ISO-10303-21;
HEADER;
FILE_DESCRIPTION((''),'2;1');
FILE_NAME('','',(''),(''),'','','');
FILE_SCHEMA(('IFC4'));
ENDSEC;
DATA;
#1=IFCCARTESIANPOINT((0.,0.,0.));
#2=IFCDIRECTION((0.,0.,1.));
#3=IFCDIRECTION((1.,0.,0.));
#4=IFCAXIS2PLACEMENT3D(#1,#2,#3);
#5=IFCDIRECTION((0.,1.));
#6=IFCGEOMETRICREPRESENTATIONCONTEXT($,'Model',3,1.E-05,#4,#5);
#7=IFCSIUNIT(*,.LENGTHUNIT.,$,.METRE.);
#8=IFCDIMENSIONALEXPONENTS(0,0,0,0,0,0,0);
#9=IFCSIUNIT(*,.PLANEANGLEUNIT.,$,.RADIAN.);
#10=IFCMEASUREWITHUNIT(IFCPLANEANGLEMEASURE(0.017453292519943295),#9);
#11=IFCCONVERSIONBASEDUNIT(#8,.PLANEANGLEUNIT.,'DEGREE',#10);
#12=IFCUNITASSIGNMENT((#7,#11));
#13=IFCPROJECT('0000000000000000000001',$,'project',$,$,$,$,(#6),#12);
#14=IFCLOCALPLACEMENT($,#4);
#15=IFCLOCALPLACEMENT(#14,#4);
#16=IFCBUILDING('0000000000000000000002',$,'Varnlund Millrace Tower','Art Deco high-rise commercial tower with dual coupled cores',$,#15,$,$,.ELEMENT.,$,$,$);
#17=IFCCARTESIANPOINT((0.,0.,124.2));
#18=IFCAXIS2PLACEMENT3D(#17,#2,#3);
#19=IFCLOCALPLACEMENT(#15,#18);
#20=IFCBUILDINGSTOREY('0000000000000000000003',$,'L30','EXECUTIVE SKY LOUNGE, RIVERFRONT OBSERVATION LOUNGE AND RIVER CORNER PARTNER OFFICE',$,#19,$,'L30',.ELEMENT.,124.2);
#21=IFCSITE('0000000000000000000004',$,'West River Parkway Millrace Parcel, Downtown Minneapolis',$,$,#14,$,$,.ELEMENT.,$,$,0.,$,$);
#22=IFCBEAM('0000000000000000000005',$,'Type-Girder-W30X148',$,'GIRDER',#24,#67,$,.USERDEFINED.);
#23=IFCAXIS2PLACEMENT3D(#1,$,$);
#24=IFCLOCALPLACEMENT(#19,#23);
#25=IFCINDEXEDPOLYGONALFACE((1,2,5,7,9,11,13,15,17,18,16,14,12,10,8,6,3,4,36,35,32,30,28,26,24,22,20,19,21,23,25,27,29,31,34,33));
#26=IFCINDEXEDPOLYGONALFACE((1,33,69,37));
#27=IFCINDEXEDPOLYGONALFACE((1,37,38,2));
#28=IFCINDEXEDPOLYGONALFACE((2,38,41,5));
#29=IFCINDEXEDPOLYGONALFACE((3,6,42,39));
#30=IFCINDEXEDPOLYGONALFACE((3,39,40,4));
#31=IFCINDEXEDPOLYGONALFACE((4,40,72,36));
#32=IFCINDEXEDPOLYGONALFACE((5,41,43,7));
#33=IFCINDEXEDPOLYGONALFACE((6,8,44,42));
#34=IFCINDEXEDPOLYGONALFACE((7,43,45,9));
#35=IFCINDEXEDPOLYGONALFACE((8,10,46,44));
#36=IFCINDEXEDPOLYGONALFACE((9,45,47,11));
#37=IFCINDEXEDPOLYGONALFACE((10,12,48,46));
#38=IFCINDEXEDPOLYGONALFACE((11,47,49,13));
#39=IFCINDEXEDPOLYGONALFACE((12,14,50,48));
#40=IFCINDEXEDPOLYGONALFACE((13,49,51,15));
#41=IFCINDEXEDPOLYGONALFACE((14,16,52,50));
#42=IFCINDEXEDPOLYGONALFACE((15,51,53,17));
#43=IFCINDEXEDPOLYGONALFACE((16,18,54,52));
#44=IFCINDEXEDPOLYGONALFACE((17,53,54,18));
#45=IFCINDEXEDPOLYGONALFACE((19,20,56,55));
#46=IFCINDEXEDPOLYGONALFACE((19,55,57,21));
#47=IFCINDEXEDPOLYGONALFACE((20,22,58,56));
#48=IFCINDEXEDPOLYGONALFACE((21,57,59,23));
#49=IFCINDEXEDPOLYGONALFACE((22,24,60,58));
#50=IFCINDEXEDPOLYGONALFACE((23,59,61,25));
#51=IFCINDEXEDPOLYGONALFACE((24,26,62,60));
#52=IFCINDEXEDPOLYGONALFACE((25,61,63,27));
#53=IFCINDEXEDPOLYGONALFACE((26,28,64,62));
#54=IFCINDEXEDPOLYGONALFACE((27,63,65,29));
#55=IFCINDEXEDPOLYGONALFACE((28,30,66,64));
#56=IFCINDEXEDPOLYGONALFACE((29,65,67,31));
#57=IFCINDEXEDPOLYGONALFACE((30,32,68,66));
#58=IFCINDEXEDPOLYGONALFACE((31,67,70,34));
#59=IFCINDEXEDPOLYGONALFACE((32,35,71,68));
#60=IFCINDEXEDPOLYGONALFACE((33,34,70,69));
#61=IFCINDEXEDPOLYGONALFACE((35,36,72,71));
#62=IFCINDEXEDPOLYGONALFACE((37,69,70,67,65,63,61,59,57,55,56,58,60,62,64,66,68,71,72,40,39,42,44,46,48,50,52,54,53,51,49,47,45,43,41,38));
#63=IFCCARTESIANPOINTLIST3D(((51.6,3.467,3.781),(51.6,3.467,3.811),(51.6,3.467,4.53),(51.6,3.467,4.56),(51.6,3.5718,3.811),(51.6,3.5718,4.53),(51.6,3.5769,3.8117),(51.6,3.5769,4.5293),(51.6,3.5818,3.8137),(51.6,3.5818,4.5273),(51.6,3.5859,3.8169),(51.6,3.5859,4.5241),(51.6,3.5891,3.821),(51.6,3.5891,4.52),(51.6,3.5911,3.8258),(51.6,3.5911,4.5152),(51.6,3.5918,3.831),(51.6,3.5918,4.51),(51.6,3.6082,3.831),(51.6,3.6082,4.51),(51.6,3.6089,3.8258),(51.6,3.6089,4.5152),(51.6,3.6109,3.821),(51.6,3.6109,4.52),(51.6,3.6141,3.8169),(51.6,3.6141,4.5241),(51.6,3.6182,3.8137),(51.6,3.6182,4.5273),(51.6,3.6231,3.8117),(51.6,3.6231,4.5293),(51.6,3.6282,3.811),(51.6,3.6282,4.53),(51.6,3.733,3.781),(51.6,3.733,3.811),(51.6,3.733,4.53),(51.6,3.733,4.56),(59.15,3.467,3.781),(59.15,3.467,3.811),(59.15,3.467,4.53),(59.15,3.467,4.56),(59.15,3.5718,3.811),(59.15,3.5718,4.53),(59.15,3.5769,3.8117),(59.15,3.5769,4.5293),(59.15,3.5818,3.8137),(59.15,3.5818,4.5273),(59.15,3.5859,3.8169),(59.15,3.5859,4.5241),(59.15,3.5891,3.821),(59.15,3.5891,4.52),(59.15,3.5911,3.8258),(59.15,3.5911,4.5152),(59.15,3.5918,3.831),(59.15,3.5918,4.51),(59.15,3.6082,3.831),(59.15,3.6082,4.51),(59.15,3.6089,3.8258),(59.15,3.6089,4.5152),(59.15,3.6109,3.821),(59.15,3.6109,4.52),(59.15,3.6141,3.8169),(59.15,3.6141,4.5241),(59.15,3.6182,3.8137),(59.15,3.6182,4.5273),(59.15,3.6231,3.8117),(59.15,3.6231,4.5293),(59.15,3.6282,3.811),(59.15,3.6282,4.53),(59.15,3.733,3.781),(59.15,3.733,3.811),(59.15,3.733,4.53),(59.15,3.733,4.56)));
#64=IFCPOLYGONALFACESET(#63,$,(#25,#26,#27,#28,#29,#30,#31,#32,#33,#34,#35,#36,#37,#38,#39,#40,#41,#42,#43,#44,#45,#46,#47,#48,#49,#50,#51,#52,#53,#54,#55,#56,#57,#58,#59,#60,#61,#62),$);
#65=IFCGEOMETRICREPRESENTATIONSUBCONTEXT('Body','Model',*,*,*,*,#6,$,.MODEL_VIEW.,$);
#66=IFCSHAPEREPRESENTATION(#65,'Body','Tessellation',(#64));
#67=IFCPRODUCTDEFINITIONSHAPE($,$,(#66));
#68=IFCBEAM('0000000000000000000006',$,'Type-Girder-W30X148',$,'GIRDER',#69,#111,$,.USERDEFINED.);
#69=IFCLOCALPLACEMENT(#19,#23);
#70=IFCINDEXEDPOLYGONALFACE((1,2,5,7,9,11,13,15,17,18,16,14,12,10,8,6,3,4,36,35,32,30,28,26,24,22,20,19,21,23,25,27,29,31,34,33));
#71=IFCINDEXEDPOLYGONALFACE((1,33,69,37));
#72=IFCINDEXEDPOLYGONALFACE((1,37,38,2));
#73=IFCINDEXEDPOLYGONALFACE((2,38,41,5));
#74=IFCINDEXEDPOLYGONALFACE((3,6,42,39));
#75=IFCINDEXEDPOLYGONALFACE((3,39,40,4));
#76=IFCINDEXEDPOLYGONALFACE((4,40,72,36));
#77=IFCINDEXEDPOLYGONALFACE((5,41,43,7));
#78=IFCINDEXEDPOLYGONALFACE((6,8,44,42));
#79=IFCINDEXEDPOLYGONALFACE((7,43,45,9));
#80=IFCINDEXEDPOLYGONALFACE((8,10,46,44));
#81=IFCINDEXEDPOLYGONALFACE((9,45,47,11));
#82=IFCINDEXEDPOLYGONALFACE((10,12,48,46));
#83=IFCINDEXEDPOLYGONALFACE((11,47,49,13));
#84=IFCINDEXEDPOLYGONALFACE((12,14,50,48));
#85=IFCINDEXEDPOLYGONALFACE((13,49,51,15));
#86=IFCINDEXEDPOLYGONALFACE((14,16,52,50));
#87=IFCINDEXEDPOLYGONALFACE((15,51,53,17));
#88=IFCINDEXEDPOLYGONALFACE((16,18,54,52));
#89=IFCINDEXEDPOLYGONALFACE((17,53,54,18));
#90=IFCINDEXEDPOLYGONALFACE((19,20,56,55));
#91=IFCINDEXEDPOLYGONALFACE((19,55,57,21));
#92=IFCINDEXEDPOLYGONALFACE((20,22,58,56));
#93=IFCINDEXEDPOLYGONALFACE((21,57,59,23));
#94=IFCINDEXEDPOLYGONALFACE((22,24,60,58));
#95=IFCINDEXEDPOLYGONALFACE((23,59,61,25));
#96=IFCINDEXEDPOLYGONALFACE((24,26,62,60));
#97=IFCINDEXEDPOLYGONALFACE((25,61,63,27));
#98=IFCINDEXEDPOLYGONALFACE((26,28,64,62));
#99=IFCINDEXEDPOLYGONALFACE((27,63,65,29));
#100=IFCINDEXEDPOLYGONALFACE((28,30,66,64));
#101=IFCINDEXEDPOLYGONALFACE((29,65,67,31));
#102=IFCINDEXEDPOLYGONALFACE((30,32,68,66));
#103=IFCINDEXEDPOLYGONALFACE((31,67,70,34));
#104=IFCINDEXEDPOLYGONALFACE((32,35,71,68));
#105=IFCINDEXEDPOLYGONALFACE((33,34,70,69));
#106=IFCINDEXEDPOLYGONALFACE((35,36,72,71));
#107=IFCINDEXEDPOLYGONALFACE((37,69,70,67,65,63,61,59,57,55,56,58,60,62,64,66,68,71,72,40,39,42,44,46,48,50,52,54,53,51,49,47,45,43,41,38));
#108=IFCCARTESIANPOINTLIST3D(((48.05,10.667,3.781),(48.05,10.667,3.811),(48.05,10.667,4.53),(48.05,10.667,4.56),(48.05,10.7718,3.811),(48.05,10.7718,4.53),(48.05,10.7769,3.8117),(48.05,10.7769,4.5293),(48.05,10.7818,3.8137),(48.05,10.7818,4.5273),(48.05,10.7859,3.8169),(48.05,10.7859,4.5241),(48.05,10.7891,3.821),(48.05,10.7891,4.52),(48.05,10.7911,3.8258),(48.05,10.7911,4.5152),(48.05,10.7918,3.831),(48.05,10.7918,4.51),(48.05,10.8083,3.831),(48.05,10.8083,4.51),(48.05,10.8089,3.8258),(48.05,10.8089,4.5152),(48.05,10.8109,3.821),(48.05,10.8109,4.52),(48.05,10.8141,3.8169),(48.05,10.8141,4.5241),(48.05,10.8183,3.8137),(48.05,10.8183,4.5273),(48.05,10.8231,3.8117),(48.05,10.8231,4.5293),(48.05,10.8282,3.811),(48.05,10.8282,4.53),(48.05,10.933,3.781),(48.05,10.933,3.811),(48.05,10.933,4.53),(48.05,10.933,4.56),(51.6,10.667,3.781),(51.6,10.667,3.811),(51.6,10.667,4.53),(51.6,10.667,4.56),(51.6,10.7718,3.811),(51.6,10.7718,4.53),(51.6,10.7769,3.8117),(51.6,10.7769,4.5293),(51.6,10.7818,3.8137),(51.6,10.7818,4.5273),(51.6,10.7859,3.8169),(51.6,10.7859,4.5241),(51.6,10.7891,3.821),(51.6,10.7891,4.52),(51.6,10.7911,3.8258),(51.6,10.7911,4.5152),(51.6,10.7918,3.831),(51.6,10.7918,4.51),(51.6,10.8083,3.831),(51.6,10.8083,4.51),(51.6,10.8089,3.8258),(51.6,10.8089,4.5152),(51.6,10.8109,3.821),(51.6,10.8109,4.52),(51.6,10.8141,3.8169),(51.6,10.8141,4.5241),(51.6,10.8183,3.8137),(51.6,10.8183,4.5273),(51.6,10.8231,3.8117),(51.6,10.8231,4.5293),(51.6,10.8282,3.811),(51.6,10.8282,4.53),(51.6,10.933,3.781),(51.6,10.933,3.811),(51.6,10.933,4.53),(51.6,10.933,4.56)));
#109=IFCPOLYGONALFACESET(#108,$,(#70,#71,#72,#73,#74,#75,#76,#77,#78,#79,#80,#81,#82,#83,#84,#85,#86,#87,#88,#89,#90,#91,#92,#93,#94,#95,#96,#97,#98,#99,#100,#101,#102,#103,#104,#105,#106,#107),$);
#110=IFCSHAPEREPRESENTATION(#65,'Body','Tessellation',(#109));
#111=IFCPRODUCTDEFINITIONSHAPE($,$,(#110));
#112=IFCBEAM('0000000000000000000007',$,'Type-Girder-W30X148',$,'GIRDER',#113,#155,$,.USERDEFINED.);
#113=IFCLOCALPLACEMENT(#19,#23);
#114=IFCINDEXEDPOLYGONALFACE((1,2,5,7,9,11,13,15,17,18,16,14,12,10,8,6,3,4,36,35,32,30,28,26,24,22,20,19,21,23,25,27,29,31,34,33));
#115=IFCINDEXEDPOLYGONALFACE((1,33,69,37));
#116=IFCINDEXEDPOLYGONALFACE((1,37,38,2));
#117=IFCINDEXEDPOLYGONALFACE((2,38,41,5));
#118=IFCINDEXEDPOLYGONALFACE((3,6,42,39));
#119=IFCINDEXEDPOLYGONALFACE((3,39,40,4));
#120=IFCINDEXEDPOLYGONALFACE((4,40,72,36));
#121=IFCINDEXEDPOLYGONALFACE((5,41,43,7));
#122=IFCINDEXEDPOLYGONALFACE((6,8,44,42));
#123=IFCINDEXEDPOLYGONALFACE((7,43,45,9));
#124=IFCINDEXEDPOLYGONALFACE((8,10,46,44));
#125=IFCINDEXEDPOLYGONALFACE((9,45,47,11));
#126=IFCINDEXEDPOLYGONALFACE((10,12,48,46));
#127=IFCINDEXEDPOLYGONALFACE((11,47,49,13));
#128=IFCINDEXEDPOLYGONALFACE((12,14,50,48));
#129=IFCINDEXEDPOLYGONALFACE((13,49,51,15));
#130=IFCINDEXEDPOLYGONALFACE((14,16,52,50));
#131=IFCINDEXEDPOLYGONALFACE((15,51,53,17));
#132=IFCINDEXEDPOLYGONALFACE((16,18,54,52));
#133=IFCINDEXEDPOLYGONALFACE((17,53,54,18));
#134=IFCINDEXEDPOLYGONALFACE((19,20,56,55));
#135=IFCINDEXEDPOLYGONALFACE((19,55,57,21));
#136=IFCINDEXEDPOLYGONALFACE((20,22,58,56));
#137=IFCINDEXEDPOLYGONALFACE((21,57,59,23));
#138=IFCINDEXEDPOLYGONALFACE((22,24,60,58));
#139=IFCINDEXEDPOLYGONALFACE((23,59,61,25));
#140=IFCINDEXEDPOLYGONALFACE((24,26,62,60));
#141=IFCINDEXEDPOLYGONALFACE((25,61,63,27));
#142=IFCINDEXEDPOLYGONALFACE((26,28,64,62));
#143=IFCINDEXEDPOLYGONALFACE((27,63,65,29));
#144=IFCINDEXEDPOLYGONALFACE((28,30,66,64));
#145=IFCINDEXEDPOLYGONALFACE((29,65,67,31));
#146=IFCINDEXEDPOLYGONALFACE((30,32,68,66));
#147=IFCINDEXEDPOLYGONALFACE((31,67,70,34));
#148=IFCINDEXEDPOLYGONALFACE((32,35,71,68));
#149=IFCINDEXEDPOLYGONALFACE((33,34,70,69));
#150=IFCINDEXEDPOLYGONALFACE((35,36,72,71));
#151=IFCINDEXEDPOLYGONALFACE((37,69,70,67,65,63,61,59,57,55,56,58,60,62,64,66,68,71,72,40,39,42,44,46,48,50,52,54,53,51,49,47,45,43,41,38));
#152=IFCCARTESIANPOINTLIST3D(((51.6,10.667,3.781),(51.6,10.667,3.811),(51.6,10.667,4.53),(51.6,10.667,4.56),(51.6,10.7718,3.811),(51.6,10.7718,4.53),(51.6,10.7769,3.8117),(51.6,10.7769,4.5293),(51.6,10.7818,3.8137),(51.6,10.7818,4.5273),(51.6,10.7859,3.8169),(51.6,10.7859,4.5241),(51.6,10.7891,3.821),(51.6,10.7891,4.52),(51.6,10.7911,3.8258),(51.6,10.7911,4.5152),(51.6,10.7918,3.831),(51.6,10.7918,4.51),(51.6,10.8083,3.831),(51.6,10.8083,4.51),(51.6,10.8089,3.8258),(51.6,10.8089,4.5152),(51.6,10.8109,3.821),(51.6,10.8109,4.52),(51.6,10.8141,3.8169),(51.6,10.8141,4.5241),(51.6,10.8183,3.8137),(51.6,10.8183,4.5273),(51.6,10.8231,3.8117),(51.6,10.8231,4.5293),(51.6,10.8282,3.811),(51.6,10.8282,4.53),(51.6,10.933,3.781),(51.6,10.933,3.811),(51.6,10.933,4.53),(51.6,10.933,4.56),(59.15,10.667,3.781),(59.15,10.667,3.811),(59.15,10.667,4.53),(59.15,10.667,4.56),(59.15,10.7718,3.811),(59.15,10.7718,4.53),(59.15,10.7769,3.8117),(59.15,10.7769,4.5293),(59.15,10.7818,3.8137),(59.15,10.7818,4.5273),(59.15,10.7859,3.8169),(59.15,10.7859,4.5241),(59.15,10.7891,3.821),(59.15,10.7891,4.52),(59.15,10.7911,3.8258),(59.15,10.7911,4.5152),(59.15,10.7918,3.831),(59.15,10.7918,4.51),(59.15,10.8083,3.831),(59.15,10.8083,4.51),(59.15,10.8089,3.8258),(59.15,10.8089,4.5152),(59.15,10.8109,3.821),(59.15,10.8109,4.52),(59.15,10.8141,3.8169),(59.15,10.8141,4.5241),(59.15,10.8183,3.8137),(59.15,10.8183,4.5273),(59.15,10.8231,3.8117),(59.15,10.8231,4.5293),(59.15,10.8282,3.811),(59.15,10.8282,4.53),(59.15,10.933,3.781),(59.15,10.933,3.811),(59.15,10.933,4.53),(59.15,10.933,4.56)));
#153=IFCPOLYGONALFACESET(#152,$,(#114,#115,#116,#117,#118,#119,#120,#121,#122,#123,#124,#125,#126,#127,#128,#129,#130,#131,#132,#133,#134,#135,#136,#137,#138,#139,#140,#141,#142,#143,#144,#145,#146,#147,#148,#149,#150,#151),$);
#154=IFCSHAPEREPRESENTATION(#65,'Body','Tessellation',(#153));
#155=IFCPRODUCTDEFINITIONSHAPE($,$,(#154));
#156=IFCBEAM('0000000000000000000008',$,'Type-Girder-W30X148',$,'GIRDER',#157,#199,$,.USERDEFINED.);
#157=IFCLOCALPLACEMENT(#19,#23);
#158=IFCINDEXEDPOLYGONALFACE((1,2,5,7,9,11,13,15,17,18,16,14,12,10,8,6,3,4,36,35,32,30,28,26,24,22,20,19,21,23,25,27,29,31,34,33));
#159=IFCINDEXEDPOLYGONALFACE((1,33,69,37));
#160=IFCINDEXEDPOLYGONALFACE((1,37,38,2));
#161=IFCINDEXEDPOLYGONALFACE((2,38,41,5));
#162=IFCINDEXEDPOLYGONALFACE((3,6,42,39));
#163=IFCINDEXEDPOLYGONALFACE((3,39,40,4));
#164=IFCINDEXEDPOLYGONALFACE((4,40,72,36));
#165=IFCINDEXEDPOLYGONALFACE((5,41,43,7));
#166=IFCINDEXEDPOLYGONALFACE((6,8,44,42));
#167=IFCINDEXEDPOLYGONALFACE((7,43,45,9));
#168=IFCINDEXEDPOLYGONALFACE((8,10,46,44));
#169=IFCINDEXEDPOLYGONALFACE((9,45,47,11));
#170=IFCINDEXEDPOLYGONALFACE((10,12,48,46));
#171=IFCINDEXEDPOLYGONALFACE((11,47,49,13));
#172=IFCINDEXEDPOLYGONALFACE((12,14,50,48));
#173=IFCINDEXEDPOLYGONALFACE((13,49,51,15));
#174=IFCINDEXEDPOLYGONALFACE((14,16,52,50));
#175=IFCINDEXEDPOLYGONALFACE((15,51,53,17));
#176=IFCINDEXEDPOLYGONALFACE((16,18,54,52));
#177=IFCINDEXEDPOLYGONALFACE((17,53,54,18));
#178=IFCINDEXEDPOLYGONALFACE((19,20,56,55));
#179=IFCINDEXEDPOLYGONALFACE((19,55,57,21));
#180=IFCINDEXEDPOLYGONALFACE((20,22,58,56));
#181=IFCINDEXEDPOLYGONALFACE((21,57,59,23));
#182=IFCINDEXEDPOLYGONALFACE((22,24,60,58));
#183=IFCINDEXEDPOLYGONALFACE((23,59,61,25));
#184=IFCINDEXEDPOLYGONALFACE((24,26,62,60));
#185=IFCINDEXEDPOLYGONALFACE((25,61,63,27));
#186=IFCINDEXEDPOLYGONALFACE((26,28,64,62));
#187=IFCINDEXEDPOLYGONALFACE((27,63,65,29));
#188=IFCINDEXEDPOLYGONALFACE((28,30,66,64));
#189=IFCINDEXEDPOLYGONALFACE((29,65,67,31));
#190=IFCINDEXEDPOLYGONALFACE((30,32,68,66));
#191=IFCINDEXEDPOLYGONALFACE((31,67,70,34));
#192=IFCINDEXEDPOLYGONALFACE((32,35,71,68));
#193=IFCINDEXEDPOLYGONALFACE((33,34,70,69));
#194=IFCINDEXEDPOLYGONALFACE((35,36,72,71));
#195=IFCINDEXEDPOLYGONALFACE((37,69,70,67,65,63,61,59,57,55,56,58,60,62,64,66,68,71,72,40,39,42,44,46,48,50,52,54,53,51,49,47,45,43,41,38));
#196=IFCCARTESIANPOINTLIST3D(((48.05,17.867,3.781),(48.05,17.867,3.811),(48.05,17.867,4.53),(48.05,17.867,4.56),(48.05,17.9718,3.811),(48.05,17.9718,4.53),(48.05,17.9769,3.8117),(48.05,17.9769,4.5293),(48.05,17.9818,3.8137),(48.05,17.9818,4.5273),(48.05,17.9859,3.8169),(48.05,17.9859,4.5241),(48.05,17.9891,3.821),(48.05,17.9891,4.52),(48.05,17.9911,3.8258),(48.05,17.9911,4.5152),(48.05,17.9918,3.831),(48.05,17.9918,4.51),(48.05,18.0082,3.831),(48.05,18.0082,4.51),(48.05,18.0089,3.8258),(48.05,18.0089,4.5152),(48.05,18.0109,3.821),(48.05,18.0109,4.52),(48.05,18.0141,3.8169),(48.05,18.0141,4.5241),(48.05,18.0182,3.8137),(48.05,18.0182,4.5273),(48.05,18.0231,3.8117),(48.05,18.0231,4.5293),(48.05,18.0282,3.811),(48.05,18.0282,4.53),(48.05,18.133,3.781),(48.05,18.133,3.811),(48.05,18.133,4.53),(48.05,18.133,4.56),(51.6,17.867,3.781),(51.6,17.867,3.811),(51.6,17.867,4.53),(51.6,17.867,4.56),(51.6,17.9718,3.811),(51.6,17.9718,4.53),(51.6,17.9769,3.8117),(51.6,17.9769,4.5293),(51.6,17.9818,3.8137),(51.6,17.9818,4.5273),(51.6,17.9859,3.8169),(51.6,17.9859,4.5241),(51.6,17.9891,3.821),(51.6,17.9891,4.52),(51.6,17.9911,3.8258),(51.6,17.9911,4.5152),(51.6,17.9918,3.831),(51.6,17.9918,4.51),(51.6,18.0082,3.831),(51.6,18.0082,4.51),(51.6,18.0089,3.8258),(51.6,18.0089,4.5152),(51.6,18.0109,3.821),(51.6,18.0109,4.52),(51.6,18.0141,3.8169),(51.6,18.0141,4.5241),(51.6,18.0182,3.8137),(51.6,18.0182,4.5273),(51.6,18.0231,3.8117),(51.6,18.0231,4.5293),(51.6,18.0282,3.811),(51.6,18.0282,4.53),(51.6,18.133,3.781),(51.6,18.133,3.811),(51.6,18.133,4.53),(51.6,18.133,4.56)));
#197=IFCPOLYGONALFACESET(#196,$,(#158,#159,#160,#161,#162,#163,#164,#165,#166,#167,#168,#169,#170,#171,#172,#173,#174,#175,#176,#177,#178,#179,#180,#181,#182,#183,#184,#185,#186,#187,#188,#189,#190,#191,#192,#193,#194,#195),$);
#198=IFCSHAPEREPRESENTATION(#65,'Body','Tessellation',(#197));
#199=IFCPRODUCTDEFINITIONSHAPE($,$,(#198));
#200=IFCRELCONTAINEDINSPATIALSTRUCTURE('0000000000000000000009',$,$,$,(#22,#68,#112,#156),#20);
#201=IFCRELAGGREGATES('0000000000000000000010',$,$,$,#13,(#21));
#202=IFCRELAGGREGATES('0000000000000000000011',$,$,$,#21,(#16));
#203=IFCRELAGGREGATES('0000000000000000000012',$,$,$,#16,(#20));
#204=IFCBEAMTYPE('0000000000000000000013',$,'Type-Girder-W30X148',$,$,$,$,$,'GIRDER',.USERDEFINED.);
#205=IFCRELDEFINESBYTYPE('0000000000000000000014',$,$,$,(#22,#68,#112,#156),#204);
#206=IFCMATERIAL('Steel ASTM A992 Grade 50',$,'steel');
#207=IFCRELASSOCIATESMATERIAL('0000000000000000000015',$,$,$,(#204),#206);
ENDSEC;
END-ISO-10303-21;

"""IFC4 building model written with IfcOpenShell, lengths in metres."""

from ifc_helpers import new_model, entity, si_unit, converted_unit, direction, frame, origin_with_axes, origin_2d_with_axis, place, context, subcontext, project, spatial, i_section, extrude, material, material_profile, profile_set, type_object, element, save


model = new_model("IFC4")

# Units and contexts
model_context = context("Model", 3, precision=1e-05, world=origin_with_axes(), true_north=direction((0.0, 1.0)))
body_context = subcontext(model_context, "Body", "Model", "MODEL_VIEW")
ifc_project = project(units=[si_unit("LENGTHUNIT", "METRE"), converted_unit("PLANEANGLEUNIT", "DEGREE", entity("IfcPlaneAngleMeasure", 0.017453292519943295), si_unit("PLANEANGLEUNIT", "RADIAN"), dimensions=[0, 0, 0, 0, 0, 0, 0])], contexts=[model_context])

# Site, building, storey
site_placement = place(None, origin_with_axes())
site = spatial("IfcSite", under=ifc_project, at=site_placement, Name="West River Parkway Millrace Parcel, Downtown Minneapolis", CompositionType="ELEMENT", RefElevation=0.0)
building_placement = place(site_placement, origin_with_axes())
building = spatial("IfcBuilding", under=site, at=building_placement, Name="Varnlund Millrace Tower", Description="Art Deco high-rise commercial tower with dual coupled cores", CompositionType="ELEMENT")
storey_placement = place(building_placement, frame((0.0, 0.0, 124.2), z_axis=(0.0, 0.0, 1.0), x_axis=(1.0, 0.0, 0.0)))
storey = spatial("IfcBuildingStorey", under=building, at=storey_placement, Name="L30", Description="EXECUTIVE SKY LOUNGE, RIVERFRONT OBSERVATION LOUNGE AND RIVER CORNER PARTNER OFFICE", LongName="L30", CompositionType="ELEMENT", Elevation=124.2)

# Beams
ifc_material_1 = material(Name="Steel ASTM A992 Grade 50", Category="steel")
ifc_material_profile_1 = material_profile(ifc_material_1, i_section(OverallWidth=0.266, OverallDepth=0.779, WebThickness=0.0165, FlangeThickness=0.03, FilletRadius=0.02, at=origin_2d_with_axis()), Name="Steel ASTM A992 Grade 50")
ifc_profile_set_1 = profile_set([ifc_material_profile_1], Name="Steel ASTM A992 Grade 50")
beam_type_1 = type_object("IfcBeamType", Name="Type-Girder-W30X148", ElementType="GIRDER", PredefinedType="USERDEFINED", material=ifc_profile_set_1)
beam_1_placement = place(storey_placement, frame((51.6, 3.6, 4.1705), z_axis=(1.0, 0.0, 0.0), x_axis=(0.0, 1.0, 0.0)))
element("IfcBeam", 1, at=beam_1_placement, inside=storey, type_object=beam_type_1, Name="Type-Girder-W30X148", ObjectType="GIRDER", PredefinedType="USERDEFINED", context=body_context, shape_type="SweptSolid", body=[
    extrude(i_section(OverallWidth=0.266, OverallDepth=0.779, WebThickness=0.0165, FlangeThickness=0.03, FilletRadius=0.02, at=origin_2d_with_axis()), origin_with_axes(), (0.0, 0.0, 1.0), 7.55),
])
beam_2_placement = place(storey_placement, frame((48.05, 10.8, 4.1705), z_axis=(1.0, 0.0, 0.0), x_axis=(0.0, 1.0, 0.0)))
element("IfcBeam", 2, at=beam_2_placement, inside=storey, type_object=beam_type_1, Name="Type-Girder-W30X148", ObjectType="GIRDER", PredefinedType="USERDEFINED", context=body_context, shape_type="SweptSolid", body=[
    extrude(i_section(OverallWidth=0.266, OverallDepth=0.779, WebThickness=0.0165, FlangeThickness=0.03, FilletRadius=0.02, at=origin_2d_with_axis()), origin_with_axes(), (0.0, 0.0, 1.0), 3.55),
])
beam_3_placement = place(storey_placement, frame((51.6, 10.8, 4.1705), z_axis=(1.0, 0.0, 0.0), x_axis=(0.0, 1.0, 0.0)))
element("IfcBeam", 3, at=beam_3_placement, inside=storey, type_object=beam_type_1, Name="Type-Girder-W30X148", ObjectType="GIRDER", PredefinedType="USERDEFINED", context=body_context, shape_type="SweptSolid", body=[
    extrude(i_section(OverallWidth=0.266, OverallDepth=0.779, WebThickness=0.0165, FlangeThickness=0.03, FilletRadius=0.02, at=origin_2d_with_axis()), origin_with_axes(), (0.0, 0.0, 1.0), 7.55),
])
beam_4_placement = place(storey_placement, frame((48.05, 18.0, 4.1705), z_axis=(1.0, 0.0, 0.0), x_axis=(0.0, 1.0, 0.0)))
element("IfcBeam", 4, at=beam_4_placement, inside=storey, type_object=beam_type_1, Name="Type-Girder-W30X148", ObjectType="GIRDER", PredefinedType="USERDEFINED", context=body_context, shape_type="SweptSolid", body=[
    extrude(i_section(OverallWidth=0.266, OverallDepth=0.779, WebThickness=0.0165, FlangeThickness=0.03, FilletRadius=0.02, at=origin_2d_with_axis()), origin_with_axes(), (0.0, 0.0, 1.0), 3.55),
])

save(model, "model.ifc")
